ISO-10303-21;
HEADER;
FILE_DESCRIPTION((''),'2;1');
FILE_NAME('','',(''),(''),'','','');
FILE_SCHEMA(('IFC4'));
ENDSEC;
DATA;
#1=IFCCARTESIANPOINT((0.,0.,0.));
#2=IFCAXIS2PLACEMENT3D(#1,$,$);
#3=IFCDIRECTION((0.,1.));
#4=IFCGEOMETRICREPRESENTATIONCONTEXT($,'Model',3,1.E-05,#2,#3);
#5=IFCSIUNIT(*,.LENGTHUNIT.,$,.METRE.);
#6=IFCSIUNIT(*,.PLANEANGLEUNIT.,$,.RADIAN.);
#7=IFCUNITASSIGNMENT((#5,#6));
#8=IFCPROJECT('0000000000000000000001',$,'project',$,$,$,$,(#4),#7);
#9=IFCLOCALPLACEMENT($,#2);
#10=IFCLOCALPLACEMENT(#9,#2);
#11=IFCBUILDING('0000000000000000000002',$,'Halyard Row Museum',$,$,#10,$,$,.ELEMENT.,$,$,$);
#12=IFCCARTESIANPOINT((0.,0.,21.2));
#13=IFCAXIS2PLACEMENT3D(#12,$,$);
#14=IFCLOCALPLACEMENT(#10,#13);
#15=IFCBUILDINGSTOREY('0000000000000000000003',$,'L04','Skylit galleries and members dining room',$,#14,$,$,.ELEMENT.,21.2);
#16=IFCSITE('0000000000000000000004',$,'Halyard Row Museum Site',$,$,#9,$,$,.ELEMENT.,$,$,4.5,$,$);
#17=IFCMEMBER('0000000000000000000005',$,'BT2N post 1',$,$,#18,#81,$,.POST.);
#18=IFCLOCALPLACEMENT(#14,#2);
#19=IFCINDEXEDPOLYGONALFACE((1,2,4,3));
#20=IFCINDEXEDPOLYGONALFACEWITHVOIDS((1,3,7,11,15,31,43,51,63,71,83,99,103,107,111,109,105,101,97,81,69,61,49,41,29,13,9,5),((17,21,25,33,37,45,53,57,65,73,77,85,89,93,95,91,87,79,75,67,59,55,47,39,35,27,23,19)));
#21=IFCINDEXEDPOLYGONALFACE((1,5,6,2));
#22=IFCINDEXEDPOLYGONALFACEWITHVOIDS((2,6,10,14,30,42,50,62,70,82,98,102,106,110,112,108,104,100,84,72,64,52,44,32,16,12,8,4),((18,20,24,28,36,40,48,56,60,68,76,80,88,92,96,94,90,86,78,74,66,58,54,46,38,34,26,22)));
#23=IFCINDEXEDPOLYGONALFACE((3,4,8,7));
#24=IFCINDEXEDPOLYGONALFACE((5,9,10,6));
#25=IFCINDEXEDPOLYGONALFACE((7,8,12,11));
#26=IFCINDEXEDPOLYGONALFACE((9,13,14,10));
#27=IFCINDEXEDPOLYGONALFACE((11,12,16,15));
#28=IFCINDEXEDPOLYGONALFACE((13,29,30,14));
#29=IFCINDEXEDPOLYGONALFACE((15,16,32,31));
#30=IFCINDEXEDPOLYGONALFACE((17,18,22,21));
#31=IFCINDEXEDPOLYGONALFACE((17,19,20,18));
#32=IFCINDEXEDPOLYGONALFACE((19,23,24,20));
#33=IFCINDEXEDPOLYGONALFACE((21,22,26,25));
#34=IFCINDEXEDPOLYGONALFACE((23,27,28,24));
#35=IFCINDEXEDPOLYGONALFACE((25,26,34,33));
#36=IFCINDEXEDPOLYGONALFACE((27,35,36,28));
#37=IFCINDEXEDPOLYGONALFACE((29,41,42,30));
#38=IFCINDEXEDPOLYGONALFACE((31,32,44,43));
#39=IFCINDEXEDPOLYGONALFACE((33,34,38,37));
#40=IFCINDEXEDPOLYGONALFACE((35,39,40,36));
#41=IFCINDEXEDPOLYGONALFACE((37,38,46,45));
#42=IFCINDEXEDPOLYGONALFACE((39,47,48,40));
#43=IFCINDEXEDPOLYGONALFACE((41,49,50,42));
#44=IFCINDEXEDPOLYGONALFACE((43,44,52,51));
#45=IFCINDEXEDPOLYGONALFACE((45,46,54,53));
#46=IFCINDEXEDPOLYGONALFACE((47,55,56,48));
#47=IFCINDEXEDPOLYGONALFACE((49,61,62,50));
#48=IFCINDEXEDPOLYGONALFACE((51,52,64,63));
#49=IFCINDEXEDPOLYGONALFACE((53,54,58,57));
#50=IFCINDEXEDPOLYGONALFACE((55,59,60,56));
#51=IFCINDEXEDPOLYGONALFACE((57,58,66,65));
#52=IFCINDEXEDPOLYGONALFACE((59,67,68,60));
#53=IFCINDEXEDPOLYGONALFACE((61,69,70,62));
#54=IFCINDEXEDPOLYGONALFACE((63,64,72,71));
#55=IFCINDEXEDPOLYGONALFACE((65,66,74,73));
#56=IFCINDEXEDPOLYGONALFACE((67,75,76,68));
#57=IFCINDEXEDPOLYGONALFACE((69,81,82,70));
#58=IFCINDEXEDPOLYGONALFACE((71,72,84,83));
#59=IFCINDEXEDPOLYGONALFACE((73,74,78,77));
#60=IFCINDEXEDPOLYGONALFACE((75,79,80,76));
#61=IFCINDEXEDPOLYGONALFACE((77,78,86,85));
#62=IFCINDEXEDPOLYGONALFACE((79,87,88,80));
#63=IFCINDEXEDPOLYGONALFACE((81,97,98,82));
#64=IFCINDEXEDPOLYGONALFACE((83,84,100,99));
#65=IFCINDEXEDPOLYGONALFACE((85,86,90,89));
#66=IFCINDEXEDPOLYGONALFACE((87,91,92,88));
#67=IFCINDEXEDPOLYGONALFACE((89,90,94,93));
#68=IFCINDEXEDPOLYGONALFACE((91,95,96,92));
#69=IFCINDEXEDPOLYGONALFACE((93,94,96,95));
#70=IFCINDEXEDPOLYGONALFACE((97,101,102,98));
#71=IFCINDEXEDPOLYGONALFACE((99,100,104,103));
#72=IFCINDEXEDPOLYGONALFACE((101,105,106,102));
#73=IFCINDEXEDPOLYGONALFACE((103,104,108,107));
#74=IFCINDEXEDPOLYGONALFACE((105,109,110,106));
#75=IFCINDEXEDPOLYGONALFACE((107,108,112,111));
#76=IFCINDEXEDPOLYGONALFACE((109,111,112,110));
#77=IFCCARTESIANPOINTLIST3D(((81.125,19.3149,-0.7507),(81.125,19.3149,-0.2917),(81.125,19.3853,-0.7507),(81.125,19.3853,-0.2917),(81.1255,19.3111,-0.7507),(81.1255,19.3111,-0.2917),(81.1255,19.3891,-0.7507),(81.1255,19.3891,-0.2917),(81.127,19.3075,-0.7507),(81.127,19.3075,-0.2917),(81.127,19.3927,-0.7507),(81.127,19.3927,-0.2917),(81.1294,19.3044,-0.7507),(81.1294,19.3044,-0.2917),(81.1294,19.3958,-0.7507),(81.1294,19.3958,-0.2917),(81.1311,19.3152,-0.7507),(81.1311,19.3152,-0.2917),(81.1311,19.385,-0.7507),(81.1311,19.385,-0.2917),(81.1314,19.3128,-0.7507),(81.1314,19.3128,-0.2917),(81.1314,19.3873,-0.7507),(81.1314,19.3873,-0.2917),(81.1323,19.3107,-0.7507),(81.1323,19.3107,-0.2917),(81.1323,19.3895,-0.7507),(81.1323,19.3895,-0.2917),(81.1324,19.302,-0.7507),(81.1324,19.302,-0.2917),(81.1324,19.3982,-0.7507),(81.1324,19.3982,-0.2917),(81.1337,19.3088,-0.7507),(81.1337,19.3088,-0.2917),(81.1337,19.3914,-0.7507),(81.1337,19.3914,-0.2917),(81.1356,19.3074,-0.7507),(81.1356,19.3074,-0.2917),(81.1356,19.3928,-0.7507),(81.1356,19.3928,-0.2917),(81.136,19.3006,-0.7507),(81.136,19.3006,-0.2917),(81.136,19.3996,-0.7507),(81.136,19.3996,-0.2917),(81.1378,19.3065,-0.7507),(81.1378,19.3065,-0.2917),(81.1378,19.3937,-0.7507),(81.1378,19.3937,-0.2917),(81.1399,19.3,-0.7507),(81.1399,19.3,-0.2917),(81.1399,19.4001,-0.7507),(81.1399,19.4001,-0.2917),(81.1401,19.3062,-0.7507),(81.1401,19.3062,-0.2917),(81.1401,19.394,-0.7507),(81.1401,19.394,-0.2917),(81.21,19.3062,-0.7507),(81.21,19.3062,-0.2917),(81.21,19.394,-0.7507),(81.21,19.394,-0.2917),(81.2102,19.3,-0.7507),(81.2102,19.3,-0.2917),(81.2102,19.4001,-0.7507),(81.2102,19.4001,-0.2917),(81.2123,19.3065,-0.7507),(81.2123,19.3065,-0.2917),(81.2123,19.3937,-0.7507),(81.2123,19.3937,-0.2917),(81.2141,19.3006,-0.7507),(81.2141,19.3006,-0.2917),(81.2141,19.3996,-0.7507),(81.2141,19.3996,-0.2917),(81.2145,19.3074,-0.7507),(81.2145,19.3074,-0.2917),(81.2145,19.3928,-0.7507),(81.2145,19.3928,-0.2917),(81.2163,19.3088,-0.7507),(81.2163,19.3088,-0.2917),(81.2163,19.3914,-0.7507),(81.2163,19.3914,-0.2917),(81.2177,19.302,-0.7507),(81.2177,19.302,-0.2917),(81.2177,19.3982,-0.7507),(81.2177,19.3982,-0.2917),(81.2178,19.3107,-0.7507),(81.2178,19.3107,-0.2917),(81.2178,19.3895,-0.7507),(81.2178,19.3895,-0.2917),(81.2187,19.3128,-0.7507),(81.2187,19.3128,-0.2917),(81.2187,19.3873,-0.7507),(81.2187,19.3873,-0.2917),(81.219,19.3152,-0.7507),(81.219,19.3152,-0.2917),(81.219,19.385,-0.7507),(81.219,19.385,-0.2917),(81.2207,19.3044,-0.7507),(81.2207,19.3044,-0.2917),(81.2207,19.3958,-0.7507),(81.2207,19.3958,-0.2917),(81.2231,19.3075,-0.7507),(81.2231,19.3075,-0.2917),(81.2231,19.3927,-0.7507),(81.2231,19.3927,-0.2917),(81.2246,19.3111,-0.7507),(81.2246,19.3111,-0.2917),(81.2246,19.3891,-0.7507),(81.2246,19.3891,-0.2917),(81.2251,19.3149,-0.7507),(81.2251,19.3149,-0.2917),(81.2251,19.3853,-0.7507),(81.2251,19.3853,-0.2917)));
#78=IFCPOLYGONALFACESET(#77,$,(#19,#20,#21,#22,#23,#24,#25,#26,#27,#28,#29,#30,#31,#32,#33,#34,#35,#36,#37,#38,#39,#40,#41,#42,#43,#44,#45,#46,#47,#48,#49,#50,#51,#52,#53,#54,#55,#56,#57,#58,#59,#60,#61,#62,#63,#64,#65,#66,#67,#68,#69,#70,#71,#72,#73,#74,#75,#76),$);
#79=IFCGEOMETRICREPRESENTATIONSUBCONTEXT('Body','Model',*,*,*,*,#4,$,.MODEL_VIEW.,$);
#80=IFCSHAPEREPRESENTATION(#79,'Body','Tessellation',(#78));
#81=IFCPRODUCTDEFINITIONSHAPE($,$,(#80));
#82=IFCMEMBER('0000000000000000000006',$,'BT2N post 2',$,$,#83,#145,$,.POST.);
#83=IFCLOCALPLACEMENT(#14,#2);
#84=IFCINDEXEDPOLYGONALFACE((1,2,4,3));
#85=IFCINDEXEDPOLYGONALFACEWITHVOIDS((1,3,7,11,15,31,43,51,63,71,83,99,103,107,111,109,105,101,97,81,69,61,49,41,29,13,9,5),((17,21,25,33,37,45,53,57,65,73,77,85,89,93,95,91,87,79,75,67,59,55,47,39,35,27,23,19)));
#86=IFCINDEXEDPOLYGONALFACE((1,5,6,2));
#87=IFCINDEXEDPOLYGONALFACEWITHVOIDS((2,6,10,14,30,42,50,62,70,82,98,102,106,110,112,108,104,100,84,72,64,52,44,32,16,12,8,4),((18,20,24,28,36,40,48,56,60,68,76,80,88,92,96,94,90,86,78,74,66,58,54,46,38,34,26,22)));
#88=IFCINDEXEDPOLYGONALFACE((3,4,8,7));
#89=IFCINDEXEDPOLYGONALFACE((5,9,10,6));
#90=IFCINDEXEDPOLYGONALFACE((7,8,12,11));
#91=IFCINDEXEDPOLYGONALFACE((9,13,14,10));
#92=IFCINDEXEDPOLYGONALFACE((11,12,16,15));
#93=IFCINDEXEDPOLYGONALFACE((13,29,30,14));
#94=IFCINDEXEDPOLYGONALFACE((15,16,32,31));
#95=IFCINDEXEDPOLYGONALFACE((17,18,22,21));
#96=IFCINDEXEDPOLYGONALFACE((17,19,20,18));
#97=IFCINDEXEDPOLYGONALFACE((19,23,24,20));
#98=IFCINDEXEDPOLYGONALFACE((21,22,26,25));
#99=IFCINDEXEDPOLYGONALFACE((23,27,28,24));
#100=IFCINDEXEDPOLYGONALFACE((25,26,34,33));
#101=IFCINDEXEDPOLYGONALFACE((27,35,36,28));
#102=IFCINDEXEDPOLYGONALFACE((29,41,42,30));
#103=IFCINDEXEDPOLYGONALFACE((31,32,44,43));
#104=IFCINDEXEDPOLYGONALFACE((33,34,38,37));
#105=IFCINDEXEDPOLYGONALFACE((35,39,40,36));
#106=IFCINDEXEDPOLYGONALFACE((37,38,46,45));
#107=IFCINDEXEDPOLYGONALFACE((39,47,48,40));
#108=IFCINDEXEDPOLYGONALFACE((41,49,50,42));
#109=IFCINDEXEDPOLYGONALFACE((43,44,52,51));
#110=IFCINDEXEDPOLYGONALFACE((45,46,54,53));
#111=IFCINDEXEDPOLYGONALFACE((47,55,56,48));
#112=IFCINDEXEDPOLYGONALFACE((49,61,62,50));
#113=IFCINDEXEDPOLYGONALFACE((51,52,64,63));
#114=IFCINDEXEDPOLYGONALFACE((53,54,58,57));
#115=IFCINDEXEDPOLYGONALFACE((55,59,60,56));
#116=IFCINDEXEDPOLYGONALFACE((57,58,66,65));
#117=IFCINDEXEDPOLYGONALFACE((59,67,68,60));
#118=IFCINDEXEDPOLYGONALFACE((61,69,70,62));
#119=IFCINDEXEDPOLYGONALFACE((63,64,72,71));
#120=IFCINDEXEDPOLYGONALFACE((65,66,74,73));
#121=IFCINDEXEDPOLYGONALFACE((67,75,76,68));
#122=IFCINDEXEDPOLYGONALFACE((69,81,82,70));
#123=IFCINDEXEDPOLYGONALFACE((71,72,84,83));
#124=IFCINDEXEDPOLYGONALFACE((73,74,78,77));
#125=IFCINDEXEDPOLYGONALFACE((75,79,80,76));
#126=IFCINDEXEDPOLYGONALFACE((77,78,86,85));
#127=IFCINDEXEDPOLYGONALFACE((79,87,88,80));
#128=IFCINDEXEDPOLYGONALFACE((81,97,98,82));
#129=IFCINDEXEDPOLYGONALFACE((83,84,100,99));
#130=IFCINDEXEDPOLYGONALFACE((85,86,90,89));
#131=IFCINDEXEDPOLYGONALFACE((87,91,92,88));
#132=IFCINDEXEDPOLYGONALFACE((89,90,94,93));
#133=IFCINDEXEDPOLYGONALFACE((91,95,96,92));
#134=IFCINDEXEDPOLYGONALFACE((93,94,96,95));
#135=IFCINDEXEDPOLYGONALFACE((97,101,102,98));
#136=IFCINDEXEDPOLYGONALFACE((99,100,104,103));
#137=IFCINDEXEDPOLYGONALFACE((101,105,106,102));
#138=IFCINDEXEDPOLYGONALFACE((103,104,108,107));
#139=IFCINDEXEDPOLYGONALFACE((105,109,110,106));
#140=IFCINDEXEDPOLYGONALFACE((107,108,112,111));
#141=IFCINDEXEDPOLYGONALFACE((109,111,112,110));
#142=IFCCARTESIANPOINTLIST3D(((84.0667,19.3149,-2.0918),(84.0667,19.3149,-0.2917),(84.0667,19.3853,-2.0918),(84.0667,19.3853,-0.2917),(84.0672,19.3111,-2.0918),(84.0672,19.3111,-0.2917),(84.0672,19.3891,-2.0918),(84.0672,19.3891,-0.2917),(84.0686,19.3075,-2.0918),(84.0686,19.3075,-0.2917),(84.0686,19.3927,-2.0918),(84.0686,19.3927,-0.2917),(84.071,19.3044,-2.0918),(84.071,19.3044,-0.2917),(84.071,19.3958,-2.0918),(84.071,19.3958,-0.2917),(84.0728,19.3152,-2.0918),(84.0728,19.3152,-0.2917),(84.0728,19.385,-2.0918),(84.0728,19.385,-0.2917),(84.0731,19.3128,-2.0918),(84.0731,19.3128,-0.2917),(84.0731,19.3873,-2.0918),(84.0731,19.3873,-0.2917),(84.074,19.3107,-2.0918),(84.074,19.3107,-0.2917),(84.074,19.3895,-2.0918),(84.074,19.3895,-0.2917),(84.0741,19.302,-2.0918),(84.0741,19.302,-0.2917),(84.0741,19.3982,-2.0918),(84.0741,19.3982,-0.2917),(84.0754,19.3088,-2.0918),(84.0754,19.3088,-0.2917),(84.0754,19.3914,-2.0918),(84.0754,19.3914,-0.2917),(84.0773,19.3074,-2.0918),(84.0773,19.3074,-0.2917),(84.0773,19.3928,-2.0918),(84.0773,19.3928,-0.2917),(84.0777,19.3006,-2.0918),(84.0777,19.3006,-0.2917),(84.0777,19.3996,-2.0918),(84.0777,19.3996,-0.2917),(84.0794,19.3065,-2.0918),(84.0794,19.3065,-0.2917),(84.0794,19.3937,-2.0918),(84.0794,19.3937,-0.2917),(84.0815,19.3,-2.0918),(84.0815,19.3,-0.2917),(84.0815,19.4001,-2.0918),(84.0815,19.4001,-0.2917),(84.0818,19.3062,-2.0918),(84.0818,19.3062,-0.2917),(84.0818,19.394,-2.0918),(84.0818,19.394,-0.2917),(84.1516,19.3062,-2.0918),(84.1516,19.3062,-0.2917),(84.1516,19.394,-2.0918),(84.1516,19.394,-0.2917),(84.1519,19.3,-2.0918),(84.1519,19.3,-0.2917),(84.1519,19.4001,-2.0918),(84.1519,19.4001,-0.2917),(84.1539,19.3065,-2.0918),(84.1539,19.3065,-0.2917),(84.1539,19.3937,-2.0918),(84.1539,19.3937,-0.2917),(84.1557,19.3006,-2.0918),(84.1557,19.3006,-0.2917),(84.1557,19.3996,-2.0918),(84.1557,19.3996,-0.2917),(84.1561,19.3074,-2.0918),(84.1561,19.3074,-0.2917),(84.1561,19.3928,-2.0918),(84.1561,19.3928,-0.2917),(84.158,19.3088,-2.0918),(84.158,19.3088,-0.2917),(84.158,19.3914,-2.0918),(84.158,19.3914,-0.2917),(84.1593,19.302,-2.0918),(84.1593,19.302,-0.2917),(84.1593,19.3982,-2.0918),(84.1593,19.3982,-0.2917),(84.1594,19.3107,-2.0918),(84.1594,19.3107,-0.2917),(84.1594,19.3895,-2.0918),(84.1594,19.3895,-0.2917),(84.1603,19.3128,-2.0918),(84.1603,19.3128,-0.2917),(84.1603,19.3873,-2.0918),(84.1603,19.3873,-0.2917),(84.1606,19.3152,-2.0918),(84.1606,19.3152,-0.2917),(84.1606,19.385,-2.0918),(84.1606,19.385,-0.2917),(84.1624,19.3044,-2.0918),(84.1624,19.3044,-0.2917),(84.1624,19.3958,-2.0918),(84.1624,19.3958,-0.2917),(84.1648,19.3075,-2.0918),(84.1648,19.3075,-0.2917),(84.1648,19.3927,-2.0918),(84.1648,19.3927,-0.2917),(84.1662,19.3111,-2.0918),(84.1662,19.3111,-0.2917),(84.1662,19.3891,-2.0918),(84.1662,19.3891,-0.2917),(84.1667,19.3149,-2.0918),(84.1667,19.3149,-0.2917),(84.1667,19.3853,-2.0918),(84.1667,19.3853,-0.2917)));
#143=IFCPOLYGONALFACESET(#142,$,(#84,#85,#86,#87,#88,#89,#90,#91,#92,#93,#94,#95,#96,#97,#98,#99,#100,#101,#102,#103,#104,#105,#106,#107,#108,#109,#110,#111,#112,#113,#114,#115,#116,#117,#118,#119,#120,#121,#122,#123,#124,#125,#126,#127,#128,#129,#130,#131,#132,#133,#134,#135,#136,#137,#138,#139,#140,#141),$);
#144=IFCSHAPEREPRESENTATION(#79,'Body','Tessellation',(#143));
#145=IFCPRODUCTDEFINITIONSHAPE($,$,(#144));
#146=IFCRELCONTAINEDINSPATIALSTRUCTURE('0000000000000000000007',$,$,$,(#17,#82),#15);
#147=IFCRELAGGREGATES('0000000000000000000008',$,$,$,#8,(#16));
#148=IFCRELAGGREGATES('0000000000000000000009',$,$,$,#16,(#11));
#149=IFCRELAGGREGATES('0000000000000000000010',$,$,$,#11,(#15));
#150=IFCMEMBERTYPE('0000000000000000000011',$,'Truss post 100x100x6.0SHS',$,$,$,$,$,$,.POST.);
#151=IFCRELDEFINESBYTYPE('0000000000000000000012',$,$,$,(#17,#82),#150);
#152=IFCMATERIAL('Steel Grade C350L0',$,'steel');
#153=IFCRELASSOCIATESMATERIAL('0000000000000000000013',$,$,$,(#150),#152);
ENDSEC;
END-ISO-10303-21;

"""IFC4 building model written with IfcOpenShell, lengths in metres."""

from ifc_helpers import new_model, si_unit, direction, frame, origin, origin_2d, place, context, subcontext, project, spatial, hollow_rectangle, extrude, material, material_profile, profile_set, type_object, element, save


model = new_model("IFC4")

# Units and contexts
model_context = context("Model", 3, precision=1e-05, world=origin(), true_north=direction((0.0, 1.0)))
body_context = subcontext(model_context, "Body", "Model", "MODEL_VIEW")
ifc_project = project(units=[si_unit("LENGTHUNIT", "METRE"), si_unit("PLANEANGLEUNIT", "RADIAN")], contexts=[model_context])

# Site, building, storey
site_placement = place(None, origin())
site = spatial("IfcSite", under=ifc_project, at=site_placement, Name="Halyard Row Museum Site", CompositionType="ELEMENT", RefElevation=4.5)
building_placement = place(site_placement, origin())
building = spatial("IfcBuilding", under=site, at=building_placement, Name="Halyard Row Museum", CompositionType="ELEMENT")
storey_placement = place(building_placement, frame((0.0, 0.0, 21.2)))
storey = spatial("IfcBuildingStorey", under=building, at=storey_placement, Name="L04", Description="Skylit galleries and members dining room", CompositionType="ELEMENT", Elevation=21.2)

# Members
ifc_material_1 = material(Name="Steel Grade C350L0", Category="steel")
ifc_material_profile_1 = material_profile(ifc_material_1, hollow_rectangle(XDim=0.1001, YDim=0.1001, WallThickness=0.0061, InnerFilletRadius=0.009, OuterFilletRadius=0.0149, at=origin_2d()), Name="100x100x6.0SHS")
ifc_profile_set_1 = profile_set([ifc_material_profile_1], Name="Steel Grade C350L0")
member_type_1 = type_object("IfcMemberType", Name="Truss post 100x100x6.0SHS", PredefinedType="POST", material=ifc_profile_set_1)
member_1_placement = place(storey_placement, frame((81.175, 19.3501, -0.7507), z_axis=(0.0, 0.0, 1.0), x_axis=(1.0, 0.0, 0.0)))
element("IfcMember", 1, at=member_1_placement, inside=storey, type_object=member_type_1, Name="BT2N post 1", PredefinedType="POST", context=body_context, shape_type="SweptSolid", body=[
    extrude(hollow_rectangle(XDim=0.1001, YDim=0.1001, WallThickness=0.0061, InnerFilletRadius=0.009, OuterFilletRadius=0.0149, at=origin_2d()), origin(), (0.0, 0.0, 1.0), 0.459),
])
for number, where, z_axis, x_axis, name in (
    (2, (84.1167, 19.3501, -2.0918), (0.0, 0.0, 1.0), (1.0, 0.0, 0.0), "BT2N post 2"),
):
    element("IfcMember", number, at=place(storey_placement, frame(where, z_axis=z_axis, x_axis=x_axis)), inside=storey, type_object=member_type_1, Name=name, PredefinedType="POST", context=body_context, shape_type="SweptSolid", body=[
        extrude(hollow_rectangle(XDim=0.1001, YDim=0.1001, WallThickness=0.0061, InnerFilletRadius=0.009, OuterFilletRadius=0.0149, at=origin_2d()), origin(), (0.0, 0.0, 1.0), 1.8),
    ])

save(model, "model.ifc")
